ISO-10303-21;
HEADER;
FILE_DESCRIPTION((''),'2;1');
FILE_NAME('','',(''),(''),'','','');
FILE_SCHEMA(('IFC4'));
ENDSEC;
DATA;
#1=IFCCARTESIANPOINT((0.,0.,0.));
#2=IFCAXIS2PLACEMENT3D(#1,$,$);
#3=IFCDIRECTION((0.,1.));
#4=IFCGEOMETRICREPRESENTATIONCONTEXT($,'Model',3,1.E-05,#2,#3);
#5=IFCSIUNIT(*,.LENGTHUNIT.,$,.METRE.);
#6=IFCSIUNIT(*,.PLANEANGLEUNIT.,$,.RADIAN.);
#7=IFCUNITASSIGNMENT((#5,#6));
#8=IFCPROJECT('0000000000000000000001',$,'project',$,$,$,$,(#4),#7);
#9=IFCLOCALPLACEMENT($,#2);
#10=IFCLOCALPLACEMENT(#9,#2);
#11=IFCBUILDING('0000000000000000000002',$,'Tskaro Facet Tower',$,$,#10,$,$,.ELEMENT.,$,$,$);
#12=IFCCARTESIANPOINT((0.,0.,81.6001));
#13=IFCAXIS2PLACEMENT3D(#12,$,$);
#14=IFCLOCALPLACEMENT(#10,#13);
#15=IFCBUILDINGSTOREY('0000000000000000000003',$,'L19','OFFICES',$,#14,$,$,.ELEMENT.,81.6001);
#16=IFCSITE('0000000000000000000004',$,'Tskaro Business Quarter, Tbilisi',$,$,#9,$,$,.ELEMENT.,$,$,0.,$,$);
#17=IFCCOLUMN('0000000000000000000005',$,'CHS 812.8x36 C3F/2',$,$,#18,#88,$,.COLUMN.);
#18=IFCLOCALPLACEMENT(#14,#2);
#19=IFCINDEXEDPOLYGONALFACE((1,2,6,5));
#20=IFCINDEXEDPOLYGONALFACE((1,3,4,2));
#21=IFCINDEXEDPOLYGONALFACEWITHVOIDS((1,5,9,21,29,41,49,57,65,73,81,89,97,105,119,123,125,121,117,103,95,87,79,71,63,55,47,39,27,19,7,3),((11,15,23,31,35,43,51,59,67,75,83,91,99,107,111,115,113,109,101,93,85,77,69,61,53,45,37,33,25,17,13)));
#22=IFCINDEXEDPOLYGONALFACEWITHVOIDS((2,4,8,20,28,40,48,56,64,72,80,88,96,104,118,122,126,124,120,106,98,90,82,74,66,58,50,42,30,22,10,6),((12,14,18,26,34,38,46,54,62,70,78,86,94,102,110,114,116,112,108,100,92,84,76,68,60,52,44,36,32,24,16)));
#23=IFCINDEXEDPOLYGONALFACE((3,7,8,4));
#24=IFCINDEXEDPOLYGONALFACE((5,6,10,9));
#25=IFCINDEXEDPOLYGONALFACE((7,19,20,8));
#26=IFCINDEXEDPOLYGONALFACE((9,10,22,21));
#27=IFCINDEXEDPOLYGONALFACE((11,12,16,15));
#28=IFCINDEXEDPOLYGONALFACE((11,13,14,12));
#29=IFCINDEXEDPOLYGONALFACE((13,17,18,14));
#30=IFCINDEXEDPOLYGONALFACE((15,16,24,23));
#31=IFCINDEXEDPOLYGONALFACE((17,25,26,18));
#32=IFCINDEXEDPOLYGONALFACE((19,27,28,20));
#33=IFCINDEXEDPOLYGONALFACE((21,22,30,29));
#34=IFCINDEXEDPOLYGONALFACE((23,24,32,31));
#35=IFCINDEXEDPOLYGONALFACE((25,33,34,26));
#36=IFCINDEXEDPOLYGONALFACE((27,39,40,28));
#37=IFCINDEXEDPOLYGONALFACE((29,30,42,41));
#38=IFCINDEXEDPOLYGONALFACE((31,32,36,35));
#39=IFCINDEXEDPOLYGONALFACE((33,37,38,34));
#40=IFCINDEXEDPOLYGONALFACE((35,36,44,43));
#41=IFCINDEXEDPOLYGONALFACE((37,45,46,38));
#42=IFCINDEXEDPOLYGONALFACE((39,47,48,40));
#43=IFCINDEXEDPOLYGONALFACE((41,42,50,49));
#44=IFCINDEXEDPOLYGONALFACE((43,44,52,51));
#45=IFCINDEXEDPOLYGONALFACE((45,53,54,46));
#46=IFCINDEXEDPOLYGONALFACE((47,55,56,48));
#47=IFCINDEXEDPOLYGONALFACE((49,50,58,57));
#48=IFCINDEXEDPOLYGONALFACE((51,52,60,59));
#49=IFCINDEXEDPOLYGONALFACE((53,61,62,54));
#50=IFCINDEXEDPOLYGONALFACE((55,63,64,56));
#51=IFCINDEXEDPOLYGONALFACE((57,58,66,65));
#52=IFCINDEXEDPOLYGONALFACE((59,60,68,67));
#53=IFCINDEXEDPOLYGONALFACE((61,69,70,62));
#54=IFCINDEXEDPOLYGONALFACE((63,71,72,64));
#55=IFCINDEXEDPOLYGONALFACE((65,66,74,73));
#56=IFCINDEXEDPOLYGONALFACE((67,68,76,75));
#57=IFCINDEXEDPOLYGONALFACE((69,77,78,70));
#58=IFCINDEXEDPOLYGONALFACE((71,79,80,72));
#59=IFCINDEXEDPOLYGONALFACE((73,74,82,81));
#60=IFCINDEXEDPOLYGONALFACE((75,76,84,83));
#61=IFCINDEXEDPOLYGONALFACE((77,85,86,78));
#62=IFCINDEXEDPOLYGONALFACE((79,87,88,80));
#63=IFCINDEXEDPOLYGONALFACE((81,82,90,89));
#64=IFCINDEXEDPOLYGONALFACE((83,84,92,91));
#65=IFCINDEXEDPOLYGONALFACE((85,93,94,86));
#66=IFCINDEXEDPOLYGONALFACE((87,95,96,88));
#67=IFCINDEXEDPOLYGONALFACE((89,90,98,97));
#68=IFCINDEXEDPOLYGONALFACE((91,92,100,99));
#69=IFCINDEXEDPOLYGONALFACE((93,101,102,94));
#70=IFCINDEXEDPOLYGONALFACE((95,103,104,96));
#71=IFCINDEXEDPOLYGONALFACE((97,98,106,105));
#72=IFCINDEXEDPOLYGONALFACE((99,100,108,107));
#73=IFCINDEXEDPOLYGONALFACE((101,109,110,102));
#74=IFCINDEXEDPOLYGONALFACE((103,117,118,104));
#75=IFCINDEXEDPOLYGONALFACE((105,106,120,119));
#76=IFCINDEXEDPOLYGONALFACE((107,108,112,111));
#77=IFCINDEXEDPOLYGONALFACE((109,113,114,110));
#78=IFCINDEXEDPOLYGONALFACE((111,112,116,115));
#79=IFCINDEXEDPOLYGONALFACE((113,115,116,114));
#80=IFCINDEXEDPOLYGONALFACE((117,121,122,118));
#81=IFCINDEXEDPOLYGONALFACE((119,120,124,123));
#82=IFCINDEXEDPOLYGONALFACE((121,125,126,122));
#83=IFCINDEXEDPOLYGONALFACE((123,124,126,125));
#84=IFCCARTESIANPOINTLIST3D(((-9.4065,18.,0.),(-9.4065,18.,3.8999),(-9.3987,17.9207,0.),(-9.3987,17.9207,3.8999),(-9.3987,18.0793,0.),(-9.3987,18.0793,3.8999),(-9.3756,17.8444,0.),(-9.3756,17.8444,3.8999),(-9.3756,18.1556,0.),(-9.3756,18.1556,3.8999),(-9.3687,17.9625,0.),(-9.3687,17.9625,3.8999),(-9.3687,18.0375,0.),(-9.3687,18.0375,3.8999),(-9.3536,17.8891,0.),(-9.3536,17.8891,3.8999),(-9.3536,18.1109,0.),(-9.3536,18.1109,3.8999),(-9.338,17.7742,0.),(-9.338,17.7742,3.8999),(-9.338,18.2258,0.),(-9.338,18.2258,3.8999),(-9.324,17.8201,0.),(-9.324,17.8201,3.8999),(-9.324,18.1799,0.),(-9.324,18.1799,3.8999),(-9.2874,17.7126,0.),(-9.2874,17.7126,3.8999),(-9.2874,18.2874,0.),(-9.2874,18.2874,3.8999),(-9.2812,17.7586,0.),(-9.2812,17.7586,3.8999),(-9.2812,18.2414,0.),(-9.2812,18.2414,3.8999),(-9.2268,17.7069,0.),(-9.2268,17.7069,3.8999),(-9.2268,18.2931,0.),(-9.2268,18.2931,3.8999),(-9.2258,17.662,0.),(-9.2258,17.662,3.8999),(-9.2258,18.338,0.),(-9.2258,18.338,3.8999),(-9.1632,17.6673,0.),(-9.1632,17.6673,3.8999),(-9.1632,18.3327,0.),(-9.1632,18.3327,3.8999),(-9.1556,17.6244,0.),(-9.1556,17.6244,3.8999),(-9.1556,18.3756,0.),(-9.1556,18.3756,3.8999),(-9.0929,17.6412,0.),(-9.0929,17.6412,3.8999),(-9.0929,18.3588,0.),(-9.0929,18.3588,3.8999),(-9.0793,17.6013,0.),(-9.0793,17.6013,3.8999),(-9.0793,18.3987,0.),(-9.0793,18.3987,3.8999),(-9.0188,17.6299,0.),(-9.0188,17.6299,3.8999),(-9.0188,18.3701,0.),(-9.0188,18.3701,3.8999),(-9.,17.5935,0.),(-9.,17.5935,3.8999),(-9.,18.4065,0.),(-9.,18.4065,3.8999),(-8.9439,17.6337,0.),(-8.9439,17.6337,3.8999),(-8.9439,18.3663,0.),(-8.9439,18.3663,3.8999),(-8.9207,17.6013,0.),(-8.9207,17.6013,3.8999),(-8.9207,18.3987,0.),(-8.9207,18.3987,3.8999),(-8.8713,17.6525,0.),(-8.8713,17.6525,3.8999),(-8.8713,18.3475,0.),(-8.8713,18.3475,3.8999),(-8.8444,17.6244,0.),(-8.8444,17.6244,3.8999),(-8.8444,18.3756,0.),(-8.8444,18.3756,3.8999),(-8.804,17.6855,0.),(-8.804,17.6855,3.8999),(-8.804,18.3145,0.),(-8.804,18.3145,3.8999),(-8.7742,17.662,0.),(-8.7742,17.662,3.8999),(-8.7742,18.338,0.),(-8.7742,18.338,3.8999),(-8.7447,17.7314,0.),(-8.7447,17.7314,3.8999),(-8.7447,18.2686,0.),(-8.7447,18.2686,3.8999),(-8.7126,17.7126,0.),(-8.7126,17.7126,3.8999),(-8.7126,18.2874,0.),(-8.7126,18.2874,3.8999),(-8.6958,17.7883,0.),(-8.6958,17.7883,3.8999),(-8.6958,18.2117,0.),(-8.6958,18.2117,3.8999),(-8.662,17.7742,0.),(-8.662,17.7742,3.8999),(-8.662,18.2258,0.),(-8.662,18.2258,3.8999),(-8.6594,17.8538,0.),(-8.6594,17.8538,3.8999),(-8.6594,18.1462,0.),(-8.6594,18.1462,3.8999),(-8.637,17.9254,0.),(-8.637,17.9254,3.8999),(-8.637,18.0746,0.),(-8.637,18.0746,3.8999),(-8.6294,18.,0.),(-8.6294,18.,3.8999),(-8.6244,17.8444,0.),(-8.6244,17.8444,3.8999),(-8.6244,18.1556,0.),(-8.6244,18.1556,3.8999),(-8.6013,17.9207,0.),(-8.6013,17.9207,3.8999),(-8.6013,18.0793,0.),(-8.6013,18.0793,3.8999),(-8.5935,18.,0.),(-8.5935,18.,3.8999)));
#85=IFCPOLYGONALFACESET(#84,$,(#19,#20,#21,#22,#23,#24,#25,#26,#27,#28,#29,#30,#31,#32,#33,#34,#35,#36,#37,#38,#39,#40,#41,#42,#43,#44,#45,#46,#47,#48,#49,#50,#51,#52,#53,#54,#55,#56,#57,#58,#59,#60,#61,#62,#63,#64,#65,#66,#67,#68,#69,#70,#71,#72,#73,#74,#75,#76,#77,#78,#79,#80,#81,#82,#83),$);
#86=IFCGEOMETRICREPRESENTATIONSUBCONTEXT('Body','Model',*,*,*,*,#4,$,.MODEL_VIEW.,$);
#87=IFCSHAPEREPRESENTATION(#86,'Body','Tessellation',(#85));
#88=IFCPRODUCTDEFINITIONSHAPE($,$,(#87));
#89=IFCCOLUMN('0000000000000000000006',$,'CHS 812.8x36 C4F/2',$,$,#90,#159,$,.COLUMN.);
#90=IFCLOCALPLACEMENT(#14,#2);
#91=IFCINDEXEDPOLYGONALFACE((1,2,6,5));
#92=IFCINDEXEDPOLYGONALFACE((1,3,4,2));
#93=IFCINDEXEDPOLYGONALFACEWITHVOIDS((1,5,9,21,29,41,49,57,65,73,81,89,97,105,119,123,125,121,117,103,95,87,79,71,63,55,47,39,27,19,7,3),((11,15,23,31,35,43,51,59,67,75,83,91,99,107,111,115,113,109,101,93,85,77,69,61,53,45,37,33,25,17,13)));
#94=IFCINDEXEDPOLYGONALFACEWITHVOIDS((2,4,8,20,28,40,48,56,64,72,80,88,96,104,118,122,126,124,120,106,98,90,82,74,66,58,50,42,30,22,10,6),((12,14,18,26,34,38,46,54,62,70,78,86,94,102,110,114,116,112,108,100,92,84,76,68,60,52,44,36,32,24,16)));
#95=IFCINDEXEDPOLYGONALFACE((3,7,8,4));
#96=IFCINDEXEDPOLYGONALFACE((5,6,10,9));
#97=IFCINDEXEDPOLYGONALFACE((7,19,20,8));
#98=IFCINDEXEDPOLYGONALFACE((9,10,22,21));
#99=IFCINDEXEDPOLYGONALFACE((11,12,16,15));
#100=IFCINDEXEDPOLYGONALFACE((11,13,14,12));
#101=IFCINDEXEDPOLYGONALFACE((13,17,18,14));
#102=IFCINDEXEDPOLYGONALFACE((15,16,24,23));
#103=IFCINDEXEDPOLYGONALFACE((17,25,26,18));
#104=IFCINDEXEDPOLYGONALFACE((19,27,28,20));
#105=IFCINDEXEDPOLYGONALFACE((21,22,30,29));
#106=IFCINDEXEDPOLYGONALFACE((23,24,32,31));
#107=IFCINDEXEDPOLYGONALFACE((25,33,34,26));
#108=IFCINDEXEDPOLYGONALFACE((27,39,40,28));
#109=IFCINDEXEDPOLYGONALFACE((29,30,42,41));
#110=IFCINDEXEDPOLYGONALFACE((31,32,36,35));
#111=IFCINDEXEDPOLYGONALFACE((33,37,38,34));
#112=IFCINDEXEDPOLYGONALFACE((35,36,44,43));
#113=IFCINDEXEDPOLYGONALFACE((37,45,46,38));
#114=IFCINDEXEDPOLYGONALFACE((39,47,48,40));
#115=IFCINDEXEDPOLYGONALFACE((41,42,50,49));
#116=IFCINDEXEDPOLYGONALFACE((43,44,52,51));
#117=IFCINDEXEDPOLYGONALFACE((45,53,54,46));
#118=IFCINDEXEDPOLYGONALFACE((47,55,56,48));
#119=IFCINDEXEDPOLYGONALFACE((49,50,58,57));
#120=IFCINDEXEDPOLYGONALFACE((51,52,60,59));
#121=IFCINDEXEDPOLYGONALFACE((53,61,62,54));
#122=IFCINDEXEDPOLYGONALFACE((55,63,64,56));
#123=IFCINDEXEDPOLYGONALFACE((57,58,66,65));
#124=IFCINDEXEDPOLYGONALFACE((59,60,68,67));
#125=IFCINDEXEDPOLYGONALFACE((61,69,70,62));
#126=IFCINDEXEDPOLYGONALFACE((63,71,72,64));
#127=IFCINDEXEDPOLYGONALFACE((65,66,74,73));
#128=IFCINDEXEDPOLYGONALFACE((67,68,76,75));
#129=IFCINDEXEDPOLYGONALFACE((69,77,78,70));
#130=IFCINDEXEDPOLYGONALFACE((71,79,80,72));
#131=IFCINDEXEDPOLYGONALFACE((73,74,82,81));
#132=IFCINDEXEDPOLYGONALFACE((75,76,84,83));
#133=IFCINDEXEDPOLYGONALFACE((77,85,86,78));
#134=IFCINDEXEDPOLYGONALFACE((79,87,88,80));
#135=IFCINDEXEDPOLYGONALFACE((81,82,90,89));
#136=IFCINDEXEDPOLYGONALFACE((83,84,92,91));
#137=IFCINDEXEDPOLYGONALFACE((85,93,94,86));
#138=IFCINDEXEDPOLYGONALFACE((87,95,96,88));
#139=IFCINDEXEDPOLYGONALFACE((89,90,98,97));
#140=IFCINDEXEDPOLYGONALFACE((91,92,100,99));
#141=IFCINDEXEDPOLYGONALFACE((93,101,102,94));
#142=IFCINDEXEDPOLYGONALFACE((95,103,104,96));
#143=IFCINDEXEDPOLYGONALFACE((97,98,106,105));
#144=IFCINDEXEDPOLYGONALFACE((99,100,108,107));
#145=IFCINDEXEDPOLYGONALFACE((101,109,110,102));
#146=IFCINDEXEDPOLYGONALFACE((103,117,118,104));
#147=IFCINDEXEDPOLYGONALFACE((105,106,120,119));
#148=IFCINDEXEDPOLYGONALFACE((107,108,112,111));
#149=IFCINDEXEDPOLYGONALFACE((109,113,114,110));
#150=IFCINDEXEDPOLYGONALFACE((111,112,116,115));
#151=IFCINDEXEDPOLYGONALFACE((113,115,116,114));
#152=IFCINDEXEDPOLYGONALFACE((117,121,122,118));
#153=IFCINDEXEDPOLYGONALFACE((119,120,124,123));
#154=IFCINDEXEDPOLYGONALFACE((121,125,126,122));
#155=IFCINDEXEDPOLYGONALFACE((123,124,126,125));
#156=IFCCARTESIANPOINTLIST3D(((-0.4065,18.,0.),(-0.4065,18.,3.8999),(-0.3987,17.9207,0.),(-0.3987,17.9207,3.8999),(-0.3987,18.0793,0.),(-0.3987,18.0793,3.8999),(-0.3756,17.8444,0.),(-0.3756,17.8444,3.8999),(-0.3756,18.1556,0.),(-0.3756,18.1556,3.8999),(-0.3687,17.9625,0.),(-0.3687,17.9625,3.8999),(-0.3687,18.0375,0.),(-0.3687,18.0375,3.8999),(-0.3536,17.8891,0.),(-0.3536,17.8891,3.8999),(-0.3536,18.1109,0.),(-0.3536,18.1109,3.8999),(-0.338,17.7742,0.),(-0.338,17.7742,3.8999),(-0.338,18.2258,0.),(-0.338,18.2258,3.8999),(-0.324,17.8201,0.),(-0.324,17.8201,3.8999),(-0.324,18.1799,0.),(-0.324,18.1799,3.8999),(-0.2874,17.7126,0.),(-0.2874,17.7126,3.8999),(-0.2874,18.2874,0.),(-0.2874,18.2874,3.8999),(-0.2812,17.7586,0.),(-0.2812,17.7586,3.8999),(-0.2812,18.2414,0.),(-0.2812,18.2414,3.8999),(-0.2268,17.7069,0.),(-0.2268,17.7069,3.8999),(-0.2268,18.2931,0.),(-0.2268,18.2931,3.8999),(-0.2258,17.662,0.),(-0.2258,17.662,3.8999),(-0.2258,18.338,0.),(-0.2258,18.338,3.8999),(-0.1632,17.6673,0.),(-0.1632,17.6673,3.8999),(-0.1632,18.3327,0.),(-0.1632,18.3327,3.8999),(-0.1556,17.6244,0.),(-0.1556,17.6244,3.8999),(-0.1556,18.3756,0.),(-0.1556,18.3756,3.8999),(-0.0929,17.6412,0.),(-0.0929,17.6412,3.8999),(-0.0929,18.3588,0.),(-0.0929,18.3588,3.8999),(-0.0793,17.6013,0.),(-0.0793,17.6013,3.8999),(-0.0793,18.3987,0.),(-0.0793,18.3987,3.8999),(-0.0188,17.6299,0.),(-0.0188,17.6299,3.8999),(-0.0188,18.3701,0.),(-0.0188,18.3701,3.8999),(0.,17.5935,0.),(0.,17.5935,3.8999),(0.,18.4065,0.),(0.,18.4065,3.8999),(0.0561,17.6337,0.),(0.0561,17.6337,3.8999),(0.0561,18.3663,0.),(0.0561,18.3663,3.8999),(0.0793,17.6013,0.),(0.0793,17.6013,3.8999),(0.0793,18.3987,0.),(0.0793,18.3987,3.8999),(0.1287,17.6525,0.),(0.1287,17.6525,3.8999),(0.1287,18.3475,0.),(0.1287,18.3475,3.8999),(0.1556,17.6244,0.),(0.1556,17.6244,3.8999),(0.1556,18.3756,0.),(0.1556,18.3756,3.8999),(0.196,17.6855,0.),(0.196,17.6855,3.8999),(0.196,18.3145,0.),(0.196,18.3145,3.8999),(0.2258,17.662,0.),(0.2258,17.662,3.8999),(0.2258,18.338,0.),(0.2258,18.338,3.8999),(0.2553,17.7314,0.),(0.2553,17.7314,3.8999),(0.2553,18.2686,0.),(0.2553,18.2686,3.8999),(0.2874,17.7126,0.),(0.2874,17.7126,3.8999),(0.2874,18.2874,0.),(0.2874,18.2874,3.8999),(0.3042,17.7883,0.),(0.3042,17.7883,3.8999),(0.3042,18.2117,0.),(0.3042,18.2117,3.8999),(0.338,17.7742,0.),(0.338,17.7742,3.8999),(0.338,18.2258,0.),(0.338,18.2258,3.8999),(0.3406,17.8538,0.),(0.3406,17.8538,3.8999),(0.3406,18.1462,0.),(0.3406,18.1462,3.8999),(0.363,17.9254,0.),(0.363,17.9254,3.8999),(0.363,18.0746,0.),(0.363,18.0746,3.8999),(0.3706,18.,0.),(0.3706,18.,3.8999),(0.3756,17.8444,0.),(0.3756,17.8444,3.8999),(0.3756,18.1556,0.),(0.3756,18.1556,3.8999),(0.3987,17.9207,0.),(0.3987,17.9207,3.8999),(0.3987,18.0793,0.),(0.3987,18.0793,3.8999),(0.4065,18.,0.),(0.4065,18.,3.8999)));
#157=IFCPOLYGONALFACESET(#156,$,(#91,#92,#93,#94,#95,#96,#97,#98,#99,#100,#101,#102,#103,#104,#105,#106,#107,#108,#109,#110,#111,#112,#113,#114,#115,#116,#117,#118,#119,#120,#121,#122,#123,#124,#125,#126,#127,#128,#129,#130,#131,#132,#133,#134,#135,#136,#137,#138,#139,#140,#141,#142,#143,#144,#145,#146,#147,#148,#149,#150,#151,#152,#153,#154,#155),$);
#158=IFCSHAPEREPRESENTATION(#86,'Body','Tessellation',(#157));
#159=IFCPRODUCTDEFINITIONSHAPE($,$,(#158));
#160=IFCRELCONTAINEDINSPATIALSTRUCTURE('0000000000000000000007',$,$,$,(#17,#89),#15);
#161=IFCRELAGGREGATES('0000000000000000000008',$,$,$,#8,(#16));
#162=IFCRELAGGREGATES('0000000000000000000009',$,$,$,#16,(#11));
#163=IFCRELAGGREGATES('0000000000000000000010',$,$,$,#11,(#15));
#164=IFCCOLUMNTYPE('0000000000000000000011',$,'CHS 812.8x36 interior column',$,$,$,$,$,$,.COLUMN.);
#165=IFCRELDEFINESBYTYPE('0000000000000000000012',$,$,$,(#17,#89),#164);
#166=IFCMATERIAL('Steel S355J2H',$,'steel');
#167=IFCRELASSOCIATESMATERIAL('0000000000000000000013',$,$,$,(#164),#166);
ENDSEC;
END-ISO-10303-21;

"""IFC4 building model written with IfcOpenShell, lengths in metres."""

from ifc_helpers import new_model, si_unit, direction, frame, origin, origin_2d, place, context, subcontext, project, spatial, hollow_circle, extrude, material, material_profile, profile_set, type_object, element, save


model = new_model("IFC4")

# Units and contexts
model_context = context("Model", 3, precision=1e-05, world=origin(), true_north=direction((0.0, 1.0)))
body_context = subcontext(model_context, "Body", "Model", "MODEL_VIEW")
ifc_project = project(units=[si_unit("LENGTHUNIT", "METRE"), si_unit("PLANEANGLEUNIT", "RADIAN")], contexts=[model_context])

# Site, building, storey
site_placement = place(None, origin())
site = spatial("IfcSite", under=ifc_project, at=site_placement, Name="Tskaro Business Quarter, Tbilisi", CompositionType="ELEMENT", RefElevation=0.0)
building_placement = place(site_placement, origin())
building = spatial("IfcBuilding", under=site, at=building_placement, Name="Tskaro Facet Tower", CompositionType="ELEMENT")
storey_placement = place(building_placement, frame((0.0, 0.0, 81.6001)))
storey = spatial("IfcBuildingStorey", under=building, at=storey_placement, Name="L19", Description="OFFICES", CompositionType="ELEMENT", Elevation=81.6001)

# Columns
ifc_material_1 = material(Name="Steel S355J2H", Category="steel")
ifc_material_profile_1 = material_profile(ifc_material_1, hollow_circle(Radius=0.4065, WallThickness=0.0359, at=origin_2d()), Name="CHS 812.8x36")
ifc_profile_set_1 = profile_set([ifc_material_profile_1], Name="Steel S355J2H")
column_type_1 = type_object("IfcColumnType", Name="CHS 812.8x36 interior column", PredefinedType="COLUMN", material=ifc_profile_set_1)
for number, where, z_axis, x_axis, name in (
    (1, (-9.0, 18.0, 0.0), (0.0, 0.0, 1.0), (1.0, 0.0, 0.0), "CHS 812.8x36 C3F/2"),
    (2, (0.0, 18.0, 0.0), (0.0, 0.0, 1.0), (1.0, 0.0, 0.0), "CHS 812.8x36 C4F/2"),
):
    element("IfcColumn", number, at=place(storey_placement, frame(where, z_axis=z_axis, x_axis=x_axis)), inside=storey, type_object=column_type_1, Name=name, PredefinedType="COLUMN", context=body_context, shape_type="SweptSolid", body=[
        extrude(hollow_circle(Radius=0.4065, WallThickness=0.0359, at=origin_2d()), origin(), (0.0, 0.0, 1.0), 3.8999),
    ])

save(model, "model.ifc")
